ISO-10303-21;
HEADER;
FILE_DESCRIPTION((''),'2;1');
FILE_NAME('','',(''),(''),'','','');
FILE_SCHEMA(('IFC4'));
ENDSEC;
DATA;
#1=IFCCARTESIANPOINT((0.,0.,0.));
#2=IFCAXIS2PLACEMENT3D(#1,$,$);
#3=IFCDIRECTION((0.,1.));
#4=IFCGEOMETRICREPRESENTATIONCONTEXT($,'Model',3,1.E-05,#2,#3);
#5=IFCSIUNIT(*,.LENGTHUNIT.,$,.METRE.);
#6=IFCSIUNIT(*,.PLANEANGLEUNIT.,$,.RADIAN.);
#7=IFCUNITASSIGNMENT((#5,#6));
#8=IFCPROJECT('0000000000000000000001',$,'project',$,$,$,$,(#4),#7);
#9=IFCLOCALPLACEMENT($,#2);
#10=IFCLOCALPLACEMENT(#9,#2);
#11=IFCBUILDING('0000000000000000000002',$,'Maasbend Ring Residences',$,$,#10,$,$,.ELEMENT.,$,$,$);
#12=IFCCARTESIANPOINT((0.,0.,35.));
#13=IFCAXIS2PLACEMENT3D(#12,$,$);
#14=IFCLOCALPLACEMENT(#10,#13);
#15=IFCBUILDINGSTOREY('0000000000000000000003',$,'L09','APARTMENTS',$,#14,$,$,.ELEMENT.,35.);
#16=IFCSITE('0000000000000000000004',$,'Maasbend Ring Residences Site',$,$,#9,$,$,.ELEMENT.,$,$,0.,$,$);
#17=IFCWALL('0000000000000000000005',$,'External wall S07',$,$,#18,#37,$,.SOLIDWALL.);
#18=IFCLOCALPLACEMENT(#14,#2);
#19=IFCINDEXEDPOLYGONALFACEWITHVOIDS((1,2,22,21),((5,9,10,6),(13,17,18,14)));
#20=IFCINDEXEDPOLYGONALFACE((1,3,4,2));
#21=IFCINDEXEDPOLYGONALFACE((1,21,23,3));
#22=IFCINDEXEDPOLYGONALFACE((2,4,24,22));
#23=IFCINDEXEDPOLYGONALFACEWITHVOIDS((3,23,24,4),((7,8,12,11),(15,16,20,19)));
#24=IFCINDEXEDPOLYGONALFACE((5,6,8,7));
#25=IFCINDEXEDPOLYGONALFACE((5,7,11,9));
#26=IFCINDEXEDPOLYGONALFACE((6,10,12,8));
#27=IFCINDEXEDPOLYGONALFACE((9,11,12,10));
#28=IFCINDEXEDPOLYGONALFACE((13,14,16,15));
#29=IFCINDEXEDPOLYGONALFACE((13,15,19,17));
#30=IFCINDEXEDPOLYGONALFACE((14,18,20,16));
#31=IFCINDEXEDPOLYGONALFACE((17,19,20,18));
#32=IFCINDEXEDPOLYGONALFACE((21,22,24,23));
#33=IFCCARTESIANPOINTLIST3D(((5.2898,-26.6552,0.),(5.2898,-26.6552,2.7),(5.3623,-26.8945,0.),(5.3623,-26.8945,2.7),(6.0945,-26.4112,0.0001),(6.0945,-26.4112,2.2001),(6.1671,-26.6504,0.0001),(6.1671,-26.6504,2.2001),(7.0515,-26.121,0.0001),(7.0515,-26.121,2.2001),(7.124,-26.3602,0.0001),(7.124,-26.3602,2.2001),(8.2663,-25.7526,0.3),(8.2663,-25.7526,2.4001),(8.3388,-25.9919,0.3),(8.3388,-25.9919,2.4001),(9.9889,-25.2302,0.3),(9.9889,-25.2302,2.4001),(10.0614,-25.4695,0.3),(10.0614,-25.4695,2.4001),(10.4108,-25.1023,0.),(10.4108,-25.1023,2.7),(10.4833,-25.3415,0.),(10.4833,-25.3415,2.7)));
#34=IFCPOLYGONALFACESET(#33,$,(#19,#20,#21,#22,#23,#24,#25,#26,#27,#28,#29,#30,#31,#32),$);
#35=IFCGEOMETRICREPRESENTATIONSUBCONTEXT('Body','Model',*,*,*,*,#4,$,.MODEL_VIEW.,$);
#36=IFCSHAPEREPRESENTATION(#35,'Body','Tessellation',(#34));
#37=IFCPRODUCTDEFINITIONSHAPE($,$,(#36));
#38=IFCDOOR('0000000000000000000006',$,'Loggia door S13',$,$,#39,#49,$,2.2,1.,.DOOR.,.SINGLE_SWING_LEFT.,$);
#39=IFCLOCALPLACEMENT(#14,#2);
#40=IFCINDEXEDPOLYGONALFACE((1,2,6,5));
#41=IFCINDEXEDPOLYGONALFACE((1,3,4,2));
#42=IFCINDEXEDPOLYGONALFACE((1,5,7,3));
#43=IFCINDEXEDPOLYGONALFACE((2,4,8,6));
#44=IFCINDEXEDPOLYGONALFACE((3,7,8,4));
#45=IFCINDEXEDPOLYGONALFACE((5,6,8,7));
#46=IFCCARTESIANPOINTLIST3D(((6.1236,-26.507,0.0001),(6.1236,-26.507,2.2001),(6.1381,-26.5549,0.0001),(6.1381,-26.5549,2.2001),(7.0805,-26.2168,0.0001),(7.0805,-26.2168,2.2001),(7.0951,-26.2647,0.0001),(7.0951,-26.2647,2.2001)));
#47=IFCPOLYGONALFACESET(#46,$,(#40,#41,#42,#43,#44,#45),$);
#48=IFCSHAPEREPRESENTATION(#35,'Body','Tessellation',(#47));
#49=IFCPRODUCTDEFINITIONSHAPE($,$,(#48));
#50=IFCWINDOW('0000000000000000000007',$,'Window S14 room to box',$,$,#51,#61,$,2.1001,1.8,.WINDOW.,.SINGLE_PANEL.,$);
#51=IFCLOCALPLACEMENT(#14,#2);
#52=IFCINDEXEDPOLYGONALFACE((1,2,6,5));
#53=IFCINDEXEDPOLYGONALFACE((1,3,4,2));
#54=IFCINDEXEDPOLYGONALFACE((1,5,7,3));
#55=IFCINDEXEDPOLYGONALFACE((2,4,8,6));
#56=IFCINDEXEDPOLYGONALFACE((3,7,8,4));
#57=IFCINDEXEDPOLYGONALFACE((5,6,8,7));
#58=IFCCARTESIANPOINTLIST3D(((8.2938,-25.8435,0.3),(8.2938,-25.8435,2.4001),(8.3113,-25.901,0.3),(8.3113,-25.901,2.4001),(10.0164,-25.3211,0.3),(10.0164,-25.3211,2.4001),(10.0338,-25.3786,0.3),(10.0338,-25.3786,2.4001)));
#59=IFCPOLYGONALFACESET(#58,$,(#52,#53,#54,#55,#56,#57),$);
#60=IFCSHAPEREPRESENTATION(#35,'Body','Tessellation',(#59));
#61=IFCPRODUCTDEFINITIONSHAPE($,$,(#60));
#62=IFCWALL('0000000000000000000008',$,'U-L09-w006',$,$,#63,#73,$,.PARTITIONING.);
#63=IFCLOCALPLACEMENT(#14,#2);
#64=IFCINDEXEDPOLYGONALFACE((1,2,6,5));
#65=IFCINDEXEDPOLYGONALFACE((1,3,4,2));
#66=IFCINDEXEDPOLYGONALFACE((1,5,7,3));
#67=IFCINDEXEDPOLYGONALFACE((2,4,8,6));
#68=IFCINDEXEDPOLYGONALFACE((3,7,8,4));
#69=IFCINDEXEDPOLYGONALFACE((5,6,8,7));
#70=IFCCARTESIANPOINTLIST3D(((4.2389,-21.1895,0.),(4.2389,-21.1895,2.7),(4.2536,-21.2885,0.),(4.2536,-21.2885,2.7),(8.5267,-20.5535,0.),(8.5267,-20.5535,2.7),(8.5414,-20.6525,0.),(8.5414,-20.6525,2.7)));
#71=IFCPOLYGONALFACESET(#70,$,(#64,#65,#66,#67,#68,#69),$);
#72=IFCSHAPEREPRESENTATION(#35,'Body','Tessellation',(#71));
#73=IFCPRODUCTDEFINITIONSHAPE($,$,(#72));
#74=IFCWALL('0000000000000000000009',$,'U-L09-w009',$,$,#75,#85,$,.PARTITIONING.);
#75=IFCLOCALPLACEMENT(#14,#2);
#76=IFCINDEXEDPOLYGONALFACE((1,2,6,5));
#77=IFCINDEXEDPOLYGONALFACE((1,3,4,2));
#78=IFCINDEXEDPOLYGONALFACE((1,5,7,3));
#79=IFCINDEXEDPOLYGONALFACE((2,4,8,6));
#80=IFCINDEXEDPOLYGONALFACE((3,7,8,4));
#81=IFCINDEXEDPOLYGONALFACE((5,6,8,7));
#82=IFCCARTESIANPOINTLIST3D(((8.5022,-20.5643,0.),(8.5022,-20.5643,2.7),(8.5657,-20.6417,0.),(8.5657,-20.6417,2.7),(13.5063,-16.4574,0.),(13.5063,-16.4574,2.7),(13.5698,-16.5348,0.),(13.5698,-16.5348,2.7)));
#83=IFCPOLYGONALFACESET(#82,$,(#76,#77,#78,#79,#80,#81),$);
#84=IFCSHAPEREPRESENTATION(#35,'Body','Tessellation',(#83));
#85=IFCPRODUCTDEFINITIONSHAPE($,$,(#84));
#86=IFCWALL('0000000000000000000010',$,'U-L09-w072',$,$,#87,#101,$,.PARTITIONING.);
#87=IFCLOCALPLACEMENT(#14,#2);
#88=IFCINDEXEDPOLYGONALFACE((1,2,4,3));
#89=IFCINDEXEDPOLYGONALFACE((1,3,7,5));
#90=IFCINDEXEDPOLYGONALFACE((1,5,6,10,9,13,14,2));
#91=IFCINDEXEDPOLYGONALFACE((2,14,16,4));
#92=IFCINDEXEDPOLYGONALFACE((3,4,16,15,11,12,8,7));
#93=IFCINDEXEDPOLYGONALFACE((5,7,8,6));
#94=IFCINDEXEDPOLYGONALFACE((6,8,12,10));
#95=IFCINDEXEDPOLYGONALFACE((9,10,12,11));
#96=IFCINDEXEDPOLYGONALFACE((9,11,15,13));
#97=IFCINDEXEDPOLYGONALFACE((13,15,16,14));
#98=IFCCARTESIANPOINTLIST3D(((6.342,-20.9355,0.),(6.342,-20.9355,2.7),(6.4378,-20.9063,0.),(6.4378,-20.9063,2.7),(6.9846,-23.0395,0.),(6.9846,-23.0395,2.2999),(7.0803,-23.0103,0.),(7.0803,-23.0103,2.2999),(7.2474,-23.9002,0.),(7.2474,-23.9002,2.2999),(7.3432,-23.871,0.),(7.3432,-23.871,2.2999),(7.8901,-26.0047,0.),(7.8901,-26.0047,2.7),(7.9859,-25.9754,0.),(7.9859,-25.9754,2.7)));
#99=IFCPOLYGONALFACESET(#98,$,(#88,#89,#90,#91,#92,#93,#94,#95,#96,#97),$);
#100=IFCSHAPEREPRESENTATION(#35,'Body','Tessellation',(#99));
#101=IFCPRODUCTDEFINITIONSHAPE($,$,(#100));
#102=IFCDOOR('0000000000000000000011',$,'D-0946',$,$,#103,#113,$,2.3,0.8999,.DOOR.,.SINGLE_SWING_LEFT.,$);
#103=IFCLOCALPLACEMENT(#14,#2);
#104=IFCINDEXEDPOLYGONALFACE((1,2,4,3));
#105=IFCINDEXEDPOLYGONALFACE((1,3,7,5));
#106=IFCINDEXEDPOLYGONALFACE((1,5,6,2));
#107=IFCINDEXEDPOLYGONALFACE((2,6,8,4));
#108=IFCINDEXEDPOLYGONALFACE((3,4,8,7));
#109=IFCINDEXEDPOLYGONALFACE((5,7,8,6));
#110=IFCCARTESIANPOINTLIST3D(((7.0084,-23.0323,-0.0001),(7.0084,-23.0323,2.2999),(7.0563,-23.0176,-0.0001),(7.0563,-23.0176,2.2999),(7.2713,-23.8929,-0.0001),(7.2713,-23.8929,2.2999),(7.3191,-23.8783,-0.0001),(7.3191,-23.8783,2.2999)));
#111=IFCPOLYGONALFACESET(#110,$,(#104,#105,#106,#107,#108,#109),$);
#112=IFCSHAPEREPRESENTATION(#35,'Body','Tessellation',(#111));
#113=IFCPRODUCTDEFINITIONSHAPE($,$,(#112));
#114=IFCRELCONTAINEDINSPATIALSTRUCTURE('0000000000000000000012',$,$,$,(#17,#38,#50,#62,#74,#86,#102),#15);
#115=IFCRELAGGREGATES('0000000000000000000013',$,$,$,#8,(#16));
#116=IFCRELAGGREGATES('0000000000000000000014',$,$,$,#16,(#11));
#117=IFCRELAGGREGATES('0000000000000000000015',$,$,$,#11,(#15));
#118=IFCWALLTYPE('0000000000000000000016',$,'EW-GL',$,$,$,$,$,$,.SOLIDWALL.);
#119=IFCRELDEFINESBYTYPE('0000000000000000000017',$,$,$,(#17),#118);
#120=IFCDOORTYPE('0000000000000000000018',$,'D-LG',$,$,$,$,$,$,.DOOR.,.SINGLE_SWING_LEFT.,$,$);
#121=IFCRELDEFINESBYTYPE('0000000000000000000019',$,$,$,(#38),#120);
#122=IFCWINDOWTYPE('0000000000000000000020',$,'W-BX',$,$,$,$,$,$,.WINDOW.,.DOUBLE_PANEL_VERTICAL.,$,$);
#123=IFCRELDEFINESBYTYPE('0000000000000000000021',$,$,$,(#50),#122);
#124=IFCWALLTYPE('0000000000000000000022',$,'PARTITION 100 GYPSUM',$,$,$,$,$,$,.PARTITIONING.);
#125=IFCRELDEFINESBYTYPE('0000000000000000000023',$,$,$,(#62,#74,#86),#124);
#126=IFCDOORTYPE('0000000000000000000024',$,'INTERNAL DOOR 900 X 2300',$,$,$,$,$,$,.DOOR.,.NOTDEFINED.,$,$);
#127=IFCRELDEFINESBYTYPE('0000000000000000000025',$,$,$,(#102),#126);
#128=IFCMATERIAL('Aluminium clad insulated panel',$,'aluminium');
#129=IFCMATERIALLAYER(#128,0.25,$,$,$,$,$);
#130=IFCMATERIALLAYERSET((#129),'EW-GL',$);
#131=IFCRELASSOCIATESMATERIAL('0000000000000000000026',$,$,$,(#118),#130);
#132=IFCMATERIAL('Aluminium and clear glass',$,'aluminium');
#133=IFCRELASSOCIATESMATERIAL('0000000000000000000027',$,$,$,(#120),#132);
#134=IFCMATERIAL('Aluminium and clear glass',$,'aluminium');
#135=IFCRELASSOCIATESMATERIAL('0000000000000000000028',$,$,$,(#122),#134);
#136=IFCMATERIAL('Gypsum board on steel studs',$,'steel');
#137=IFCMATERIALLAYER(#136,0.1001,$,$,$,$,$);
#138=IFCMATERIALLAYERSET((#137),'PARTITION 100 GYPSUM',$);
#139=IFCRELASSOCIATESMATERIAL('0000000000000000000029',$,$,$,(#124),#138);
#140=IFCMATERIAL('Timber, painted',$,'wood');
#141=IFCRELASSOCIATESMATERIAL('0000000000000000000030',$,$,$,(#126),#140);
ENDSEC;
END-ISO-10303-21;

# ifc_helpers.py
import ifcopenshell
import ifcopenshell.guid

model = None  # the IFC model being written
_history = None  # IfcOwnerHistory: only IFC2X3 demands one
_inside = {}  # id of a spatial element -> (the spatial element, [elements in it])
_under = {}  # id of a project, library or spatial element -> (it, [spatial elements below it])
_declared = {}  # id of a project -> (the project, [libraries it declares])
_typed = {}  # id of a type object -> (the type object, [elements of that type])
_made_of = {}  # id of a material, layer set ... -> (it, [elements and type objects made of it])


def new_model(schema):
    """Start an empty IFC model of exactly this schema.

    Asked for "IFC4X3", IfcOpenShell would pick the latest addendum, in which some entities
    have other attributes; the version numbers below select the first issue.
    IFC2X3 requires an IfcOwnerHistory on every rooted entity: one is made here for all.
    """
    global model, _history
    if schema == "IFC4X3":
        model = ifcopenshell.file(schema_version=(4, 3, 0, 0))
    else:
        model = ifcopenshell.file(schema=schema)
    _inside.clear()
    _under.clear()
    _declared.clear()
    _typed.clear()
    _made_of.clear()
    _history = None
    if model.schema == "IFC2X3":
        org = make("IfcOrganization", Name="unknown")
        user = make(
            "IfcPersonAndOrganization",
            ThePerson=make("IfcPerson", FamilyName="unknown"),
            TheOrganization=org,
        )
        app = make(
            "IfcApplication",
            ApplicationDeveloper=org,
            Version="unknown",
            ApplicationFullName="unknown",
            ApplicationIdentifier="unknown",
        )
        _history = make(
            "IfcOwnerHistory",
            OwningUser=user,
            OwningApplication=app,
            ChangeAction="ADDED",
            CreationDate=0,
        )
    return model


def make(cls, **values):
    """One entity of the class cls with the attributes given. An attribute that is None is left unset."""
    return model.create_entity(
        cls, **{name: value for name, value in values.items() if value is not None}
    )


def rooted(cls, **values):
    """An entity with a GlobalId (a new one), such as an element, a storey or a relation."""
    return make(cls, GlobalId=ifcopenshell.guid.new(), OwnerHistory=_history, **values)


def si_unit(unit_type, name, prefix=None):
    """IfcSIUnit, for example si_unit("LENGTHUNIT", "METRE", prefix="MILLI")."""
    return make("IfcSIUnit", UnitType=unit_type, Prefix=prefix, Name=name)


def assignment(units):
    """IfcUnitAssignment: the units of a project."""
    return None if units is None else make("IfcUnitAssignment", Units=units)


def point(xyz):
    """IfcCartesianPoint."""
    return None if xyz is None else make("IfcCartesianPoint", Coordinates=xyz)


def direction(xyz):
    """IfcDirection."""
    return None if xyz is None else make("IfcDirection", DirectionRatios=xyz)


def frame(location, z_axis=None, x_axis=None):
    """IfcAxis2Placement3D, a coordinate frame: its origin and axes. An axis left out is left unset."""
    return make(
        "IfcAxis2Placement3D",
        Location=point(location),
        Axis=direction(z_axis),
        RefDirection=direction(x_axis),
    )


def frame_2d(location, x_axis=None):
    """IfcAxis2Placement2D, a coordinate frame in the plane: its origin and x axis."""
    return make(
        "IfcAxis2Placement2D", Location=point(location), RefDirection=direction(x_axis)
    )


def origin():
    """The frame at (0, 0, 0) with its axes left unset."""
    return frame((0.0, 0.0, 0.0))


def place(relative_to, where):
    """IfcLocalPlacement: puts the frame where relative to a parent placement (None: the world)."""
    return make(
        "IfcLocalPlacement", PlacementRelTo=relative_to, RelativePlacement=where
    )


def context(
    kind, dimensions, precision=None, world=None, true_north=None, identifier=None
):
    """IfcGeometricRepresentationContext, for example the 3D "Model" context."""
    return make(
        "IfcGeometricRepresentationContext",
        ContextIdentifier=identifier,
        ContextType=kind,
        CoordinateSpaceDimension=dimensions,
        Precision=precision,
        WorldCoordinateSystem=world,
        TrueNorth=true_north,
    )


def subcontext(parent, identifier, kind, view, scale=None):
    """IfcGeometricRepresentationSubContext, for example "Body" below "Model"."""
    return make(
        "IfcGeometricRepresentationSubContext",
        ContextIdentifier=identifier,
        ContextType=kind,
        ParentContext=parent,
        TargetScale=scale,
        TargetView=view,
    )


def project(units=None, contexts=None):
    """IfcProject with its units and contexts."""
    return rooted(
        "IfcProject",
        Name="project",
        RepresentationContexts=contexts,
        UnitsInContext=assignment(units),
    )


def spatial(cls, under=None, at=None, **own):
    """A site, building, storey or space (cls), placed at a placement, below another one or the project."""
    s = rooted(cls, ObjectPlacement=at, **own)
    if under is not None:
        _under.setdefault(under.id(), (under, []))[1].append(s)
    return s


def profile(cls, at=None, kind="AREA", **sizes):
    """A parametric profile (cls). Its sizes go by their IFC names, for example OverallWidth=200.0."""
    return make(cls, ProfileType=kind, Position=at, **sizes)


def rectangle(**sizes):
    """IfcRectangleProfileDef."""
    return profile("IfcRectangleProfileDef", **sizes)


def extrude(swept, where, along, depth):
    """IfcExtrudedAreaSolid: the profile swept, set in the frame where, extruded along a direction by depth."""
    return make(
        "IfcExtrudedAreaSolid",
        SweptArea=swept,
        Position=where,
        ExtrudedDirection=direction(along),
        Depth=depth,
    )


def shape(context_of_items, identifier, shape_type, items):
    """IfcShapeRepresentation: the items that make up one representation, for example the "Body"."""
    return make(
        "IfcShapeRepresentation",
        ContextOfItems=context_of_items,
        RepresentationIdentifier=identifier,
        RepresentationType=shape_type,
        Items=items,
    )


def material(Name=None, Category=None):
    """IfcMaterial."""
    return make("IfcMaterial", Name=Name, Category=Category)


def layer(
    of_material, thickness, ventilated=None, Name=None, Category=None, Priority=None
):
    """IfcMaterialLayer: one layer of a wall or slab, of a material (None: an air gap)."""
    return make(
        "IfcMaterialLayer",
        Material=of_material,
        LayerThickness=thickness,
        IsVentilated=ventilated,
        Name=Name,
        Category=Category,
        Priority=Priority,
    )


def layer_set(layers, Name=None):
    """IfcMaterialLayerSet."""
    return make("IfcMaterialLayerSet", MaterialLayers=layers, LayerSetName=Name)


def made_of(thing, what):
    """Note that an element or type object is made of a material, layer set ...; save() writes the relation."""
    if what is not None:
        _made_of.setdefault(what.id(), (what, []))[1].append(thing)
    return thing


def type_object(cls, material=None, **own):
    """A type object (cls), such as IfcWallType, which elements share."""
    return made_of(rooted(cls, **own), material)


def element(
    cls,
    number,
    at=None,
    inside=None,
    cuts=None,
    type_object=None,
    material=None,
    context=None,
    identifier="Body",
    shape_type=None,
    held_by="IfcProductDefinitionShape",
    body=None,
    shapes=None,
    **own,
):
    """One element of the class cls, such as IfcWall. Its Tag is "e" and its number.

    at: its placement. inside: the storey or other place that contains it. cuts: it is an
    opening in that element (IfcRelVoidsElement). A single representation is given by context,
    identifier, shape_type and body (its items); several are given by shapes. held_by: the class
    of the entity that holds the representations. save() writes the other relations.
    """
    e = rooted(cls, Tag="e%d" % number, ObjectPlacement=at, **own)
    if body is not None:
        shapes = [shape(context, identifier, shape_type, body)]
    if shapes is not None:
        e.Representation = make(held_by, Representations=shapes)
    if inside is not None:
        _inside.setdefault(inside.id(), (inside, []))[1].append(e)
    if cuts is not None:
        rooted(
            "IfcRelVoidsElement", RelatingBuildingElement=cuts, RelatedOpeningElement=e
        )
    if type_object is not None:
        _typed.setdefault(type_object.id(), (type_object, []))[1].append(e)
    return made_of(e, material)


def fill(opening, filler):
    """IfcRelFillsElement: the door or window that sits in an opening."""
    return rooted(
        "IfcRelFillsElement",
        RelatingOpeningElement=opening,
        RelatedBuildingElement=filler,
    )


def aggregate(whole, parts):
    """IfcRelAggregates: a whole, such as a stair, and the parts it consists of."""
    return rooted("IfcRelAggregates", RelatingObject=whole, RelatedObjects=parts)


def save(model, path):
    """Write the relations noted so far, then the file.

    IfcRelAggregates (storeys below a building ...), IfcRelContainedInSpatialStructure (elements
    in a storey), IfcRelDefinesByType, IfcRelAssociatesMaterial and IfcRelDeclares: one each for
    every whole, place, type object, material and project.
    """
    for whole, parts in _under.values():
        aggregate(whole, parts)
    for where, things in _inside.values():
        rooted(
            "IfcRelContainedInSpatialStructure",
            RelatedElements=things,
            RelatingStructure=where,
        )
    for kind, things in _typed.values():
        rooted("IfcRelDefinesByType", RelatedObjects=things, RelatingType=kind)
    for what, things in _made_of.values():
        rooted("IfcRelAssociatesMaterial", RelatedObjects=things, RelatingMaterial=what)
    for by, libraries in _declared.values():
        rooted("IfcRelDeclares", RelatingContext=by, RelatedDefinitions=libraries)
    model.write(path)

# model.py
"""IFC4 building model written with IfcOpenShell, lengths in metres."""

from ifc_helpers import new_model, si_unit, direction, frame, frame_2d, origin, place, context, subcontext, project, spatial, rectangle, extrude, material, layer, layer_set, type_object, element, fill, save


model = new_model("IFC4")

# Units and contexts
model_context = context("Model", 3, precision=1e-05, world=origin(), true_north=direction((0.0, 1.0)))
body_context = subcontext(model_context, "Body", "Model", "MODEL_VIEW")
ifc_project = project(units=[si_unit("LENGTHUNIT", "METRE"), si_unit("PLANEANGLEUNIT", "RADIAN")], contexts=[model_context])

# Site, building, storey
site_placement = place(None, origin())
site = spatial("IfcSite", under=ifc_project, at=site_placement, Name="Maasbend Ring Residences Site", CompositionType="ELEMENT", RefElevation=0.0)
building_placement = place(site_placement, origin())
building = spatial("IfcBuilding", under=site, at=building_placement, Name="Maasbend Ring Residences", CompositionType="ELEMENT")
storey_placement = place(building_placement, frame((0.0, 0.0, 35.0)))
storey = spatial("IfcBuildingStorey", under=building, at=storey_placement, Name="L09", Description="APARTMENTS", CompositionType="ELEMENT", Elevation=35.0)

# Wall, openings, door, window
ifc_material_1 = material(Name="Aluminium clad insulated panel", Category="aluminium")
ifc_layer_1 = layer(ifc_material_1, 0.25)
ifc_layer_set_1 = layer_set([ifc_layer_1], Name="EW-GL")
wall_type_1 = type_object("IfcWallType", Name="EW-GL", PredefinedType="SOLIDWALL", material=ifc_layer_set_1)
wall_1_placement = place(storey_placement, frame((5.3259, -26.7749, 0.0), z_axis=(0.0, 0.0, 1.0), x_axis=(0.956966, 0.290201, 0.0)))
wall_1 = element("IfcWall", 1, at=wall_1_placement, inside=storey, type_object=wall_type_1, Name="External wall S07", PredefinedType="SOLIDWALL", context=body_context, shape_type="SweptSolid", body=[
    extrude(rectangle(XDim=5.3513, YDim=0.25, at=frame_2d((2.6758, 0.0))), origin(), (0.0, 0.0, 1.0), 2.7),
])
opening_1_placement = place(wall_1_placement, frame((0.8411, 0.0, 0.0)))
opening_1 = element("IfcOpeningElement", 2, at=opening_1_placement, cuts=wall_1, PredefinedType="OPENING", context=body_context, shape_type="SweptSolid", body=[
    extrude(rectangle(XDim=1.0, YDim=2.2, at=frame_2d((0.5, 1.1001))), frame((0.0, 0.135, 0.0), z_axis=(0.0, -1.0, 0.0), x_axis=(1.0, 0.0, 0.0)), (0.0, 0.0, 1.0), 0.27),
])
opening_2_placement = place(wall_1_placement, frame((3.1106, 0.0, 0.3)))
opening_2 = element("IfcOpeningElement", 3, at=opening_2_placement, cuts=wall_1, PredefinedType="OPENING", context=body_context, shape_type="SweptSolid", body=[
    extrude(rectangle(XDim=1.8, YDim=2.1001, at=frame_2d((0.8999, 1.05))), frame((0.0, 0.135, 0.0), z_axis=(0.0, -1.0, 0.0), x_axis=(1.0, 0.0, 0.0)), (0.0, 0.0, 1.0), 0.27),
])
ifc_material_2 = material(Name="Aluminium and clear glass", Category="aluminium")
door_type_1 = type_object("IfcDoorType", Name="D-LG", OperationType="SINGLE_SWING_LEFT", PredefinedType="DOOR", material=ifc_material_2)
door_1_placement = place(opening_1_placement, origin())
door_1 = element("IfcDoor", 4, at=door_1_placement, inside=storey, type_object=door_type_1, Name="Loggia door S13", OperationType="SINGLE_SWING_LEFT", OverallHeight=2.2, OverallWidth=1.0, PredefinedType="DOOR", context=body_context, shape_type="SweptSolid", body=[
    extrude(rectangle(XDim=1.0, YDim=2.2, at=frame_2d((0.5, 1.1001))), frame((0.0, 0.0249, 0.0), z_axis=(0.0, -1.0, 0.0), x_axis=(1.0, 0.0, 0.0)), (0.0, 0.0, 1.0), 0.05),
])
fill(opening_1, door_1)
ifc_material_3 = material(Name="Aluminium and clear glass", Category="aluminium")
window_type_1 = type_object("IfcWindowType", Name="W-BX", PartitioningType="DOUBLE_PANEL_VERTICAL", PredefinedType="WINDOW", material=ifc_material_3)
window_1_placement = place(opening_2_placement, origin())
window_1 = element("IfcWindow", 5, at=window_1_placement, inside=storey, type_object=window_type_1, Name="Window S14 room to box", OverallHeight=2.1001, OverallWidth=1.8, PartitioningType="SINGLE_PANEL", PredefinedType="WINDOW", context=body_context, shape_type="SweptSolid", body=[
    extrude(rectangle(XDim=1.8, YDim=2.1001, at=frame_2d((0.8999, 1.05))), frame((0.0, 0.03, 0.0), z_axis=(0.0, -1.0, 0.0), x_axis=(1.0, 0.0, 0.0)), (0.0, 0.0, 1.0), 0.0601),
])
fill(opening_2, window_1)

# Walls
ifc_material_4 = material(Name="Gypsum board on steel studs", Category="steel")
ifc_layer_2 = layer(ifc_material_4, 0.1001)
ifc_layer_set_2 = layer_set([ifc_layer_2], Name="PARTITION 100 GYPSUM")
wall_type_2 = type_object("IfcWallType", Name="PARTITION 100 GYPSUM", PredefinedType="PARTITIONING", material=ifc_layer_set_2)
wall_2_placement = place(storey_placement, frame((4.2461, -21.239, 0.0), z_axis=(0.0, 0.0, 1.0), x_axis=(0.989178, 0.146718, 0.0)))
element("IfcWall", 6, at=wall_2_placement, inside=storey, type_object=wall_type_2, Name="U-L09-w006", PredefinedType="PARTITIONING", context=body_context, shape_type="SweptSolid", body=[
    extrude(rectangle(XDim=4.3347, YDim=0.1001, at=frame_2d((2.1675, 0.0))), origin(), (0.0, 0.0, 1.0), 2.7),
])
wall_3_placement = place(storey_placement, frame((8.5339, -20.603, 0.0), z_axis=(0.0, 0.0, 1.0), x_axis=(0.773, 0.634406, 0.0)))
element("IfcWall", 7, at=wall_3_placement, inside=storey, type_object=wall_type_2, Name="U-L09-w009", PredefinedType="PARTITIONING", context=body_context, shape_type="SweptSolid", body=[
    extrude(rectangle(XDim=6.4736, YDim=0.1001, at=frame_2d((3.2368, 0.0))), origin(), (0.0, 0.0, 1.0), 2.7),
])

# Wall, opening, door
wall_4_placement = place(storey_placement, frame((6.3899, -20.9209, 0.0), z_axis=(0.0, 0.0, 1.0), x_axis=(0.292082, -0.956393, 0.0)))
wall_4 = element("IfcWall", 8, at=wall_4_placement, inside=storey, type_object=wall_type_2, Name="U-L09-w072", PredefinedType="PARTITIONING", context=body_context, shape_type="SweptSolid", body=[
    extrude(rectangle(XDim=5.3003, YDim=0.1001, at=frame_2d((2.6501, 0.0))), origin(), (0.0, 0.0, 1.0), 2.7),
])
opening_3_placement = place(wall_4_placement, frame((2.2, 0.0, 0.0)))
opening_3 = element("IfcOpeningElement", 9, at=opening_3_placement, cuts=wall_4, PredefinedType="OPENING", context=body_context, shape_type="SweptSolid", body=[
    extrude(rectangle(XDim=0.8999, YDim=2.3, at=frame_2d((0.45, 1.1499))), frame((0.0, 0.0601, 0.0), z_axis=(0.0, -1.0, 0.0), x_axis=(1.0, 0.0, 0.0)), (0.0, 0.0, 1.0), 0.1201),
])
ifc_material_5 = material(Name="Timber, painted", Category="wood")
door_type_2 = type_object("IfcDoorType", Name="INTERNAL DOOR 900 X 2300", OperationType="NOTDEFINED", PredefinedType="DOOR", material=ifc_material_5)
door_2_placement = place(opening_3_placement, origin())
door_2 = element("IfcDoor", 10, at=door_2_placement, inside=storey, type_object=door_type_2, Name="D-0946", OperationType="SINGLE_SWING_LEFT", OverallHeight=2.3, OverallWidth=0.8999, PredefinedType="DOOR", context=body_context, shape_type="SweptSolid", body=[
    extrude(rectangle(XDim=0.8999, YDim=2.3, at=frame_2d((0.45, 1.1499))), frame((0.0, 0.0249, 0.0), z_axis=(0.0, -1.0, 0.0), x_axis=(1.0, 0.0, 0.0)), (0.0, 0.0, 1.0), 0.05),
])
fill(opening_3, door_2)

save(model, "model.ifc")
